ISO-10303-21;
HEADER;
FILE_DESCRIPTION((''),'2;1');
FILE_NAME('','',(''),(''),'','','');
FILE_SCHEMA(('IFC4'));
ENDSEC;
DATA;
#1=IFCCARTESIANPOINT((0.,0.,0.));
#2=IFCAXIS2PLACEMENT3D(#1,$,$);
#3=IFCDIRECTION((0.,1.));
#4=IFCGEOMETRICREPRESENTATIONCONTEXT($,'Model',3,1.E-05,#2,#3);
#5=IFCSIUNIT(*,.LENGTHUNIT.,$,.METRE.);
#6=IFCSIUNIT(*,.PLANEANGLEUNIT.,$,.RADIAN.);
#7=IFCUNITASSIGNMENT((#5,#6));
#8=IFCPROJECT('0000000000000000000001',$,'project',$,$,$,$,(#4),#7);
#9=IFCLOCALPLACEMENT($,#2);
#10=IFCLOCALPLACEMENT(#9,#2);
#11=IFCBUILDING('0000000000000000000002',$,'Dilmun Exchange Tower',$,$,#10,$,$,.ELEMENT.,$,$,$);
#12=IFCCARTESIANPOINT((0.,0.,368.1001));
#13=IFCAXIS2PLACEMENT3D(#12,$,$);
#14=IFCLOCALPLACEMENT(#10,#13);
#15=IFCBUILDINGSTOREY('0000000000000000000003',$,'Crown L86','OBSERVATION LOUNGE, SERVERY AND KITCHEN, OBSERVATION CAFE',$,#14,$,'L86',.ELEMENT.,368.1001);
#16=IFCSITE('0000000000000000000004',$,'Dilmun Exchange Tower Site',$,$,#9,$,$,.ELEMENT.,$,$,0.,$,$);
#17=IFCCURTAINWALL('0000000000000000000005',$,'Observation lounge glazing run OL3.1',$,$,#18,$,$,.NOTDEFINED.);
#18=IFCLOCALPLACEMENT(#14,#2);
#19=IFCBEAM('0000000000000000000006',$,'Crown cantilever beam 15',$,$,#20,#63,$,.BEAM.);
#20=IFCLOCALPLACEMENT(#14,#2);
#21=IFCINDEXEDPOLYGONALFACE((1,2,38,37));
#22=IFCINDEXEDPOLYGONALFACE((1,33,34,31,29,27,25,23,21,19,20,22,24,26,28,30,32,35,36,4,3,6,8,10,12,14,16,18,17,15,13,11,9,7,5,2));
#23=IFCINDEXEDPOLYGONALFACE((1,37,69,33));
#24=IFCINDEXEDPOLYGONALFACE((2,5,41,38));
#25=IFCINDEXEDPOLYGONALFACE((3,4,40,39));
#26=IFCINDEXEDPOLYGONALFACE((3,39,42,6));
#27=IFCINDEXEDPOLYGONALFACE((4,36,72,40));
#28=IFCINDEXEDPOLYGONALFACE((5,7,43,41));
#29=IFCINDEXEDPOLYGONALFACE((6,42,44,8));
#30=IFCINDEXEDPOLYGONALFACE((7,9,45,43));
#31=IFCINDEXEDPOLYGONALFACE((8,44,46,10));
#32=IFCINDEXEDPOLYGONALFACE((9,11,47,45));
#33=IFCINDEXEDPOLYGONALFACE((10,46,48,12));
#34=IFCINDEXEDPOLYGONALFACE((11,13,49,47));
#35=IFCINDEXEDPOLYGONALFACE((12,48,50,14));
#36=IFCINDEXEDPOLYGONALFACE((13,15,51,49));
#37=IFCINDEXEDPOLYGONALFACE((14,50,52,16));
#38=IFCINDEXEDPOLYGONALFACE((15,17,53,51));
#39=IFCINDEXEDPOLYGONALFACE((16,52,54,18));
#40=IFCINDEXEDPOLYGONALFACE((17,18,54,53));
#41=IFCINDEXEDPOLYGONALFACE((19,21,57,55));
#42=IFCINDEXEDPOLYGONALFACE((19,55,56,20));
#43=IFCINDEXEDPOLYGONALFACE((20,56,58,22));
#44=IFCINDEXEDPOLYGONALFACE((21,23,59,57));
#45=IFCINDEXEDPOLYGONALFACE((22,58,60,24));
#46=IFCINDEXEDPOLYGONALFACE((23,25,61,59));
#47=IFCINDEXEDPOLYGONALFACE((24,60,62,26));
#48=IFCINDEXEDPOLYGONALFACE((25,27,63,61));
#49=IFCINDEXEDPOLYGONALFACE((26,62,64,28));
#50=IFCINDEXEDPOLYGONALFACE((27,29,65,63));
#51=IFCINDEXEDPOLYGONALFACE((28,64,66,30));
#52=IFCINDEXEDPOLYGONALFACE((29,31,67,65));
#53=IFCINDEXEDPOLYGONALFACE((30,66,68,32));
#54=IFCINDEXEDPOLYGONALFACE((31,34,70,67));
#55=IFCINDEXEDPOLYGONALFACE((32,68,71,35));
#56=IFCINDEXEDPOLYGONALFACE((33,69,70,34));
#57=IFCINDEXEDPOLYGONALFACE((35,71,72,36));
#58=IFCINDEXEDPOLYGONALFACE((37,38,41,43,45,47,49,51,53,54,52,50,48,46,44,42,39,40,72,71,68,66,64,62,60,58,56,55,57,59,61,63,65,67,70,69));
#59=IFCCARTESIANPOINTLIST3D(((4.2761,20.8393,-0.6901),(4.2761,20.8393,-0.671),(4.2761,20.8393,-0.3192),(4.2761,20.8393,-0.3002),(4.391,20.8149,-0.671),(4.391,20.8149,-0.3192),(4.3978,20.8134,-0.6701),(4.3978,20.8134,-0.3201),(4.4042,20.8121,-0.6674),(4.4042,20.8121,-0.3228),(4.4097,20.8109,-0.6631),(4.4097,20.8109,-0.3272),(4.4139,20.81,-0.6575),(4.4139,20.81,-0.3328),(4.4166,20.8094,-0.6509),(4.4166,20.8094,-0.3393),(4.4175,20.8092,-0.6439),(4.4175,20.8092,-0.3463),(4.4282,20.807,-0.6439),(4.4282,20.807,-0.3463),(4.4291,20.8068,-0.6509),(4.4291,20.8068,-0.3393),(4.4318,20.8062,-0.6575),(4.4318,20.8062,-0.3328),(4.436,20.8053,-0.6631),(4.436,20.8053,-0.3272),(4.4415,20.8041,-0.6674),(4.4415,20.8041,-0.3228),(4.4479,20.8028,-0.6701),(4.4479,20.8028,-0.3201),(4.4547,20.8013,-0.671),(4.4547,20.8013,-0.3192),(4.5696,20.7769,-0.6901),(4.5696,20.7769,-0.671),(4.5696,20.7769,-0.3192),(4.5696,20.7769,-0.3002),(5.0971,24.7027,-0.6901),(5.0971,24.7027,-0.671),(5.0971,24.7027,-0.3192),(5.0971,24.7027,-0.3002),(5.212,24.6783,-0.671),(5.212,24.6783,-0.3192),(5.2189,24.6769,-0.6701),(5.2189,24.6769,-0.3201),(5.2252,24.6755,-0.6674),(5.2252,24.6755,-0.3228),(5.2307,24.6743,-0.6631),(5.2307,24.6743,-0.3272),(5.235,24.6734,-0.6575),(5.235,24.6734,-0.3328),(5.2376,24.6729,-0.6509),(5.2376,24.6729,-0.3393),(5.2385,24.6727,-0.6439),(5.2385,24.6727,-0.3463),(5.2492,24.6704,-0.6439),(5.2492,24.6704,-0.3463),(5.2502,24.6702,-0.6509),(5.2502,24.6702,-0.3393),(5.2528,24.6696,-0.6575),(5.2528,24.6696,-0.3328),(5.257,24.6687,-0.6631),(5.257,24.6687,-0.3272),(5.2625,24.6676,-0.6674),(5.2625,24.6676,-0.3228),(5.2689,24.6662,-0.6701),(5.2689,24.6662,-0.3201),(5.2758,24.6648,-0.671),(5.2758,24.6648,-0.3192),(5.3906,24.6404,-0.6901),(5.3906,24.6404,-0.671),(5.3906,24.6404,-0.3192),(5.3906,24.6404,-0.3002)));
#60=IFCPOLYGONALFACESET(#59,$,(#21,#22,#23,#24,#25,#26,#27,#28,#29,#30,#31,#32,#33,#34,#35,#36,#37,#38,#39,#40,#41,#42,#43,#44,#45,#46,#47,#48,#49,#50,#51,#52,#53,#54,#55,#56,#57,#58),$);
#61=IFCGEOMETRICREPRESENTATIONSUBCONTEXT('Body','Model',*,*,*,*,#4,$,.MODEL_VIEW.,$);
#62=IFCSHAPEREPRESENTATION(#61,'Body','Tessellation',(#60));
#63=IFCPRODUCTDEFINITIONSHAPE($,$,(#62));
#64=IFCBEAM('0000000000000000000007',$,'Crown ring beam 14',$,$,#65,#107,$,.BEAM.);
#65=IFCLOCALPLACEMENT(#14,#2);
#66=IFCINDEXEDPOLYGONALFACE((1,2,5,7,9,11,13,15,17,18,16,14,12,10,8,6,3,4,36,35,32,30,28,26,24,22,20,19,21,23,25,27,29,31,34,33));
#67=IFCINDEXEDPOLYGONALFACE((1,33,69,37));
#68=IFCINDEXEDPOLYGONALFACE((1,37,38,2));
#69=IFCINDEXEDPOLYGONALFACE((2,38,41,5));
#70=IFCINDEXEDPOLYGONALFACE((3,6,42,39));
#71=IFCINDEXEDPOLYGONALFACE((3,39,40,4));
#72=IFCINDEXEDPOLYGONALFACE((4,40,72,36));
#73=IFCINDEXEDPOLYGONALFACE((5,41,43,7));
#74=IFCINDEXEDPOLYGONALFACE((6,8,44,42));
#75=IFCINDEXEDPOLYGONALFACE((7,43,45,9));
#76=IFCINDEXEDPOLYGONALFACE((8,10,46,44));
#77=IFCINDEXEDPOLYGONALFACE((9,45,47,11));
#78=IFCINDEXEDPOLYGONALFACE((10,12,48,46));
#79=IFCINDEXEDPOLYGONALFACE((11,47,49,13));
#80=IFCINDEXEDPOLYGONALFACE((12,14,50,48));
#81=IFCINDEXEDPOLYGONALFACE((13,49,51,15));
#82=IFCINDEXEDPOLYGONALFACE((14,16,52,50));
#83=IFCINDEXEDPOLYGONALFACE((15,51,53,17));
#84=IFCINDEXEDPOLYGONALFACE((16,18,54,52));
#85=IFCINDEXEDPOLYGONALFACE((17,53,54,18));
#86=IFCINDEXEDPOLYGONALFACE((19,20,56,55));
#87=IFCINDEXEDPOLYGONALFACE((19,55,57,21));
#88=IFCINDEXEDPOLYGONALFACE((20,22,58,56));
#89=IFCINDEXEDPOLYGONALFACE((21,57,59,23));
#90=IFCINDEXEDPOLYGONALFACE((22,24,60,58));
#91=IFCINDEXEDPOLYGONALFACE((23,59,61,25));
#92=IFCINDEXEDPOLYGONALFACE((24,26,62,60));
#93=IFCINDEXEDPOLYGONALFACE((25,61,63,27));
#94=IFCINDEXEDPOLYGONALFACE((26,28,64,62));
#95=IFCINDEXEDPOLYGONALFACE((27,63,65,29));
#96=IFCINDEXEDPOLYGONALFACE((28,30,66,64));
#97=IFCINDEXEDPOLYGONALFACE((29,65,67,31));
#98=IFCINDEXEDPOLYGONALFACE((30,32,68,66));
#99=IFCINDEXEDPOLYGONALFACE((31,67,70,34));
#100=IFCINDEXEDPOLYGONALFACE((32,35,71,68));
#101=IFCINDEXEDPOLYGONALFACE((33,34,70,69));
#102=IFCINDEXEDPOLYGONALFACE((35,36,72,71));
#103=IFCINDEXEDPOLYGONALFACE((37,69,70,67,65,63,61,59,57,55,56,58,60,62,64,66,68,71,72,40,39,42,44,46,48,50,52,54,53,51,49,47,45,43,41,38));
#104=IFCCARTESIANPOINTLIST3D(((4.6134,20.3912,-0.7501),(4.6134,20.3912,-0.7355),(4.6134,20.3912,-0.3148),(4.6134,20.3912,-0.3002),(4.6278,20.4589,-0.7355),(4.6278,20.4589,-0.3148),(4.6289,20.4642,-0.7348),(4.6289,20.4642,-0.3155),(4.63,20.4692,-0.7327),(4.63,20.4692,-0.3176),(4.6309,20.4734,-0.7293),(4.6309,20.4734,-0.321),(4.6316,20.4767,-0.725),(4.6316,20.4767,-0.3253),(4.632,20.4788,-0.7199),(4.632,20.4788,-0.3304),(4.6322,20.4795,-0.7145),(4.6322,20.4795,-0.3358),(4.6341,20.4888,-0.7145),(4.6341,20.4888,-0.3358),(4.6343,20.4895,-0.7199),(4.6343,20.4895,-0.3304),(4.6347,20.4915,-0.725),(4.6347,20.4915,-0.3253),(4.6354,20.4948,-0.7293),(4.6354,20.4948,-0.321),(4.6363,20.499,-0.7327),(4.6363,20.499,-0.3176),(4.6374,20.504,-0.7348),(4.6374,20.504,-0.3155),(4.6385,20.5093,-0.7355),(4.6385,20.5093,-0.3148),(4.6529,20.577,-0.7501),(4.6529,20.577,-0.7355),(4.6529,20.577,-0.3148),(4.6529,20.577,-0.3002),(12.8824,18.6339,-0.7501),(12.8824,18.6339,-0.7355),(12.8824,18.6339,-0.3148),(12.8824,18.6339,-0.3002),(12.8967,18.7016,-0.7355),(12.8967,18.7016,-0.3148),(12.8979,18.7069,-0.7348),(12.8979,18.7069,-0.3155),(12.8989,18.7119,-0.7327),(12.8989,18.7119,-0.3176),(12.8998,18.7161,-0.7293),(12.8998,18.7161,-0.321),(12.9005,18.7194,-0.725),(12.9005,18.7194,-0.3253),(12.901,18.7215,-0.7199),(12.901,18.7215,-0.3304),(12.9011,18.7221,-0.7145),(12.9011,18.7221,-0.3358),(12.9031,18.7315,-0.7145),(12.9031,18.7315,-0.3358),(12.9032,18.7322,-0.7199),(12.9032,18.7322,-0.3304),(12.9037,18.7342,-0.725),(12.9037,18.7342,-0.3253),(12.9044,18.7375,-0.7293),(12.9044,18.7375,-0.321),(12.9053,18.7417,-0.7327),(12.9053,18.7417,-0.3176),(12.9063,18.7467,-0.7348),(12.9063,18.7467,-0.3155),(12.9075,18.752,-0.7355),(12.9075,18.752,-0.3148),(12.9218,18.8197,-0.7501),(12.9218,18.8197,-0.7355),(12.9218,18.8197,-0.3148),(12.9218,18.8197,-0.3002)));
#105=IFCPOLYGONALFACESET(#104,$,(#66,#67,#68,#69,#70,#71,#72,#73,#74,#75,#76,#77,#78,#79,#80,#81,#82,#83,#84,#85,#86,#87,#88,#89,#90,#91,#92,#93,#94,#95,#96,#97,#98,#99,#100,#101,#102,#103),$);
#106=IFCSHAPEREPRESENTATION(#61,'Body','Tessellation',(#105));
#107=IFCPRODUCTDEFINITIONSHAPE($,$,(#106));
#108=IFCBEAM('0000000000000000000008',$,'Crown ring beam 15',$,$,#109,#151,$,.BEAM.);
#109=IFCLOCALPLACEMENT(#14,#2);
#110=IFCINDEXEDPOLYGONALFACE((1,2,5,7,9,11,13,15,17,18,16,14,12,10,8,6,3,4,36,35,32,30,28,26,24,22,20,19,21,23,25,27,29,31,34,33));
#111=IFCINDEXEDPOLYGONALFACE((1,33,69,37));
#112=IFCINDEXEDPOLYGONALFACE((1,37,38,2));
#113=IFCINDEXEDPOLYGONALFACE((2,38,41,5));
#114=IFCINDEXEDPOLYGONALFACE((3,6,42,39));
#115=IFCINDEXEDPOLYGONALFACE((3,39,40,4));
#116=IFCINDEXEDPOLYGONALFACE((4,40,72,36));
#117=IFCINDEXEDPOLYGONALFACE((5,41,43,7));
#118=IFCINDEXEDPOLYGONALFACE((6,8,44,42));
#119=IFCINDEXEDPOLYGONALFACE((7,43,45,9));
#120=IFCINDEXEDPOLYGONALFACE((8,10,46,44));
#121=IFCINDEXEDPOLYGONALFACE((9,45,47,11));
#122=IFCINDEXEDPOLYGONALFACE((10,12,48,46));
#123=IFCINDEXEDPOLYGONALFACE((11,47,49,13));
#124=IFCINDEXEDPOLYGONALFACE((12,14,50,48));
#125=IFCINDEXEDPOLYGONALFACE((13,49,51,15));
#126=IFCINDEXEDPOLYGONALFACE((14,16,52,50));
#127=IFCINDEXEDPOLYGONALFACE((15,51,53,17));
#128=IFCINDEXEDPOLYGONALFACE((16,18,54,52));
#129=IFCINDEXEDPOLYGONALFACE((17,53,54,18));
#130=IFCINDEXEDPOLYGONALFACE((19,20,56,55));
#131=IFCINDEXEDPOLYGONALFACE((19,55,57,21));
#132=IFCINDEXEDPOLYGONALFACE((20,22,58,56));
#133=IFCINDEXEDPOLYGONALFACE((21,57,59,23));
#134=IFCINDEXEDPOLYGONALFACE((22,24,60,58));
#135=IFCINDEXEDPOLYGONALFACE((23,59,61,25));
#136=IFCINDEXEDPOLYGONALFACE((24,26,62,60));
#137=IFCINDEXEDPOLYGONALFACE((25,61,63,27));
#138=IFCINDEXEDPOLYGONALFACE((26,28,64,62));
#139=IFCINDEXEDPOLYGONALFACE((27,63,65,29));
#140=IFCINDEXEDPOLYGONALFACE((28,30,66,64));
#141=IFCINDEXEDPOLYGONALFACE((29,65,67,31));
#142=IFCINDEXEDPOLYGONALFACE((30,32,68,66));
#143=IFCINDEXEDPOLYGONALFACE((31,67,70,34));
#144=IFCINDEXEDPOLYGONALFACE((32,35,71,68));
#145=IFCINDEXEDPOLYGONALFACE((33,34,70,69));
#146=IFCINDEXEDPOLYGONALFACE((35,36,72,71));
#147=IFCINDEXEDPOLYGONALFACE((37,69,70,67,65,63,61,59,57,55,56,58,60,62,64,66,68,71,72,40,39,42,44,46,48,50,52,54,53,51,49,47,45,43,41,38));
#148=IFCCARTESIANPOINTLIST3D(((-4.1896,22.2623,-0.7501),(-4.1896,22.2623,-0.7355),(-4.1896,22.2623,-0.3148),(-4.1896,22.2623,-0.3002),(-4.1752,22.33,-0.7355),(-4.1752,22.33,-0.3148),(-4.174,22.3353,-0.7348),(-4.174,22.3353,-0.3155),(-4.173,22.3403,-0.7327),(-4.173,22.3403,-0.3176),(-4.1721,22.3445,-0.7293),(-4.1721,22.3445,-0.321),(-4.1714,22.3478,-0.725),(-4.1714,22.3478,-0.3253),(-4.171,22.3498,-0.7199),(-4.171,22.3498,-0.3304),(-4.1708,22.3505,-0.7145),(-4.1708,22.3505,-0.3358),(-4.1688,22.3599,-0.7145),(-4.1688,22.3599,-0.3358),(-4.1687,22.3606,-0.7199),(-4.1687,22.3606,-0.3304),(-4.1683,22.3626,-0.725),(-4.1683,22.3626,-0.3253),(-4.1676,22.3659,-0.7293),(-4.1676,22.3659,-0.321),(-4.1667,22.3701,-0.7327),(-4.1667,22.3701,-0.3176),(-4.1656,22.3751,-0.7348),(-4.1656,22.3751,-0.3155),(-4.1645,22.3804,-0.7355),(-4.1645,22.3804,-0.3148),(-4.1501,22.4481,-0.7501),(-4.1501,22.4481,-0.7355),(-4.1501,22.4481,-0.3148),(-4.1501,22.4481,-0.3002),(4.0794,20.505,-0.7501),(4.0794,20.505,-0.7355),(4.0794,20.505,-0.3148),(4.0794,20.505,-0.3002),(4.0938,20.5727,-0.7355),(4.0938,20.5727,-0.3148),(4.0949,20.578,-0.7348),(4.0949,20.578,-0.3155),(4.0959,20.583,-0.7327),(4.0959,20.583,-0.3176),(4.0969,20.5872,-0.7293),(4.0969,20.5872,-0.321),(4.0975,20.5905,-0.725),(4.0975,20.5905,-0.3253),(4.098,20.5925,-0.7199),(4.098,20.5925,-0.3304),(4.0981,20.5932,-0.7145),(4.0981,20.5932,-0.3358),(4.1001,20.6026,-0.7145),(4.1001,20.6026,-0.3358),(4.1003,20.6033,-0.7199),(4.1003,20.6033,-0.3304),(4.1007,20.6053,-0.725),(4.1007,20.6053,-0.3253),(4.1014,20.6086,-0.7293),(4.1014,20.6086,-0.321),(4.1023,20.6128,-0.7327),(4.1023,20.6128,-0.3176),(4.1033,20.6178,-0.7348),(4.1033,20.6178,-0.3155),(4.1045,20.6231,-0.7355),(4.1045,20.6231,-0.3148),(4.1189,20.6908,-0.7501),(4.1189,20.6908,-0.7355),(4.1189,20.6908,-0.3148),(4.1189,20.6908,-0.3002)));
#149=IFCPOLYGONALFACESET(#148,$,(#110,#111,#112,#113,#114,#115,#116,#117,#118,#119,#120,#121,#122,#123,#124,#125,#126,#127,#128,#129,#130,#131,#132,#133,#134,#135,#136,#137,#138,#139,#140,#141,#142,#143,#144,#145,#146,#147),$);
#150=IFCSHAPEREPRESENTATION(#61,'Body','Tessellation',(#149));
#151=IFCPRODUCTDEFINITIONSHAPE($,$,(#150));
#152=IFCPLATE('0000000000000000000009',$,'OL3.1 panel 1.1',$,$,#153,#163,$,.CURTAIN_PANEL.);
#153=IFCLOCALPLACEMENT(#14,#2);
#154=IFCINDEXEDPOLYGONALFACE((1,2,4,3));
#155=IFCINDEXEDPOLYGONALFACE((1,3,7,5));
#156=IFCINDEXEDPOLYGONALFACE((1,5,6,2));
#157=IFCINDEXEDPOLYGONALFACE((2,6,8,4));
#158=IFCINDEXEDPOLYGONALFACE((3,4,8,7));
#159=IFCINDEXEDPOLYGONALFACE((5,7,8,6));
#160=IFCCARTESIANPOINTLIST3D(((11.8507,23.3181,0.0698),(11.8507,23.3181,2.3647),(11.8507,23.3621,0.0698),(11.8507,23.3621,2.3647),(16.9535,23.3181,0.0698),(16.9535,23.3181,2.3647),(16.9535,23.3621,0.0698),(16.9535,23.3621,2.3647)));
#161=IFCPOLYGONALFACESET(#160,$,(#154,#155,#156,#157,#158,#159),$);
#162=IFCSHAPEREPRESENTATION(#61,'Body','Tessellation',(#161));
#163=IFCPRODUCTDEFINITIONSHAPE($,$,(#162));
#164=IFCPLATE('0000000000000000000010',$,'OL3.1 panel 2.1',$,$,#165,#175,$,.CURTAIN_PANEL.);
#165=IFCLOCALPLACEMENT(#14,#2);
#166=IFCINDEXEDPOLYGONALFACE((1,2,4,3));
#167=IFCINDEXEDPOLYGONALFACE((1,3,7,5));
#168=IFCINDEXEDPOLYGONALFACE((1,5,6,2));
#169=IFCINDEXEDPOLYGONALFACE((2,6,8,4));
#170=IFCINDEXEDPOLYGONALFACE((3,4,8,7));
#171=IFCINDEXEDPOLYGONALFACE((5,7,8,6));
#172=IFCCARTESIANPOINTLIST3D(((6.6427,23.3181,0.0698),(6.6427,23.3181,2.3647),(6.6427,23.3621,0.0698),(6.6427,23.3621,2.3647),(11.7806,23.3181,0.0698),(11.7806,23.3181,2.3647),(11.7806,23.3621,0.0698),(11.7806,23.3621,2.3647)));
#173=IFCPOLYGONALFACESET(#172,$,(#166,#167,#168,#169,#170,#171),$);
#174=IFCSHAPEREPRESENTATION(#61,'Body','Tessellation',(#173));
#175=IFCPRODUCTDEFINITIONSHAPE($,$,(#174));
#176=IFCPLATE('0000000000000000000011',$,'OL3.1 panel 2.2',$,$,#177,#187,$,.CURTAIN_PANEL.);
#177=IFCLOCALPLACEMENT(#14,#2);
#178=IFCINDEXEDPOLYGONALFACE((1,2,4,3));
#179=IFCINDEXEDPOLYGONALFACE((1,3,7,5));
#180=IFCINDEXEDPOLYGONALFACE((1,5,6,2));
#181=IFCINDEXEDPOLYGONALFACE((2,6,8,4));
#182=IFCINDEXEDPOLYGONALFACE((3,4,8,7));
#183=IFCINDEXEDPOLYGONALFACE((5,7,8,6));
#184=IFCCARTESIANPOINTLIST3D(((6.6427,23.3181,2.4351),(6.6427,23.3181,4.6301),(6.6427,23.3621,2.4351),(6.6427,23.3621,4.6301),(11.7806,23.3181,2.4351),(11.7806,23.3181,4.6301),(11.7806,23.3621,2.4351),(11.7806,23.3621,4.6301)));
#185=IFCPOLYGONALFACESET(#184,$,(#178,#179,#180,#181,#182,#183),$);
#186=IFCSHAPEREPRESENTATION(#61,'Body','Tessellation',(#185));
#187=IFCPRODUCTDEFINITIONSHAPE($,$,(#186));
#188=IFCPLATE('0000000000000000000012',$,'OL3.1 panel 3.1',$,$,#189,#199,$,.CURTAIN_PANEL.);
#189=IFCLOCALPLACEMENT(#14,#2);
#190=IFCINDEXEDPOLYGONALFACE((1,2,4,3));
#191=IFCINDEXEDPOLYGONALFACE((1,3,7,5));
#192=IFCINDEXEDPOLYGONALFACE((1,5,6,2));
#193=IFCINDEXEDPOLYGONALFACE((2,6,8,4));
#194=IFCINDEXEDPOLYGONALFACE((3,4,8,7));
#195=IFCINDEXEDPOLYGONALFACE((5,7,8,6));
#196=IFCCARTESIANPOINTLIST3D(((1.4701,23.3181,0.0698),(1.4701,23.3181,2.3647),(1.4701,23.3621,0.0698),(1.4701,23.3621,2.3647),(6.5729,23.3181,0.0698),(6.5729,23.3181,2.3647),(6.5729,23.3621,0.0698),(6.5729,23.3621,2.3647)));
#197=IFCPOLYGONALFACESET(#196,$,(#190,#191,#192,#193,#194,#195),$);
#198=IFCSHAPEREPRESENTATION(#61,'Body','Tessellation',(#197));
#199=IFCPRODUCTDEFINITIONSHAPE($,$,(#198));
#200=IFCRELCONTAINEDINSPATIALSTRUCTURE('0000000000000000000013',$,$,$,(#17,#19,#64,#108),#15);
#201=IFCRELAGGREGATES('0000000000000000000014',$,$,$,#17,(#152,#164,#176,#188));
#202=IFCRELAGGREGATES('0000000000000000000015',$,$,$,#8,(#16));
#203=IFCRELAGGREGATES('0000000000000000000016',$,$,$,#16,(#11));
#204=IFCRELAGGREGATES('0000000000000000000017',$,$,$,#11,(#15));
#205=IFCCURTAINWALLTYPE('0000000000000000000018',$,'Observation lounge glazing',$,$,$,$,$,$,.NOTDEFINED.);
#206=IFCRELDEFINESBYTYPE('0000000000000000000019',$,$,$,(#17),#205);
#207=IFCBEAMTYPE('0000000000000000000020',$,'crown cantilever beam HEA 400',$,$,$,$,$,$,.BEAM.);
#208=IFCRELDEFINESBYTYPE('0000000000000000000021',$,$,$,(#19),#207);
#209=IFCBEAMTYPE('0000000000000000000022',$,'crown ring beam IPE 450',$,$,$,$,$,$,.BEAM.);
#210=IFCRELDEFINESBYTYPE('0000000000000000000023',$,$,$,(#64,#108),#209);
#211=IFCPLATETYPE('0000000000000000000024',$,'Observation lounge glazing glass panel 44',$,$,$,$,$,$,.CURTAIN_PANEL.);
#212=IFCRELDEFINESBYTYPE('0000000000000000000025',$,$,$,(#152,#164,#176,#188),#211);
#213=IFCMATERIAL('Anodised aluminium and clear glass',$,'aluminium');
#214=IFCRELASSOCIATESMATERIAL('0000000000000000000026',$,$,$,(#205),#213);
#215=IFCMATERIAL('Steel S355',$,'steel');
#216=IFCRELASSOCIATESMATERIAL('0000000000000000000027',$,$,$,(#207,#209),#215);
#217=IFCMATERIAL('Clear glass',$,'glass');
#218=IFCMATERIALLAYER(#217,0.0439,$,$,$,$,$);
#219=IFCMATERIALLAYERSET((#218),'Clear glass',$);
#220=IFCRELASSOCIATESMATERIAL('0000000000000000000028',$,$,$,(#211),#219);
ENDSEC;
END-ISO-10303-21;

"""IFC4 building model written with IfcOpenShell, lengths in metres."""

from ifc_helpers import new_model, si_unit, direction, frame, origin, origin_2d, place, context, subcontext, project, spatial, rectangle, i_section, extrude, material, layer, layer_set, material_profile, profile_set, type_object, element, aggregate, save


model = new_model("IFC4")

# Units and contexts
model_context = context("Model", 3, precision=1e-05, world=origin(), true_north=direction((0.0, 1.0)))
body_context = subcontext(model_context, "Body", "Model", "MODEL_VIEW")
ifc_project = project(units=[si_unit("LENGTHUNIT", "METRE"), si_unit("PLANEANGLEUNIT", "RADIAN")], contexts=[model_context])

# Site, building, storey
site_placement = place(None, origin())
site = spatial("IfcSite", under=ifc_project, at=site_placement, Name="Dilmun Exchange Tower Site", CompositionType="ELEMENT", RefElevation=0.0)
building_placement = place(site_placement, origin())
building = spatial("IfcBuilding", under=site, at=building_placement, Name="Dilmun Exchange Tower", CompositionType="ELEMENT")
storey_placement = place(building_placement, frame((0.0, 0.0, 368.1001)))
storey = spatial("IfcBuildingStorey", under=building, at=storey_placement, Name="Crown L86", Description="OBSERVATION LOUNGE, SERVERY AND KITCHEN, OBSERVATION CAFE", LongName="L86", CompositionType="ELEMENT", Elevation=368.1001)

# Curtain wall
ifc_material_1 = material(Name="Anodised aluminium and clear glass", Category="aluminium")
curtain_wall_type = type_object("IfcCurtainWallType", Name="Observation lounge glazing", PredefinedType="NOTDEFINED", material=ifc_material_1)
curtain_wall_placement = place(storey_placement, origin())
curtain_wall = element("IfcCurtainWall", 1, at=curtain_wall_placement, inside=storey, type_object=curtain_wall_type, Name="Observation lounge glazing run OL3.1", PredefinedType="NOTDEFINED")

# Beams
ifc_material_2 = material(Name="Steel S355", Category="steel")
ifc_material_profile_1 = material_profile(ifc_material_2, i_section(OverallWidth=0.3, OverallDepth=0.3899, WebThickness=0.011, FlangeThickness=0.019, FilletRadius=0.0271, at=origin_2d()), Name="HEA 400")
ifc_profile_set_1 = profile_set([ifc_material_profile_1], Name="Steel S355")
beam_type_1 = type_object("IfcBeamType", Name="crown cantilever beam HEA 400", PredefinedType="BEAM", material=ifc_profile_set_1)
beam_1_placement = place(storey_placement, frame((4.4229, 20.8081, -0.4951), z_axis=(0.20787, 0.978156, 0.0), x_axis=(-0.978156, 0.20787, 0.0)))
element("IfcBeam", 2, at=beam_1_placement, inside=storey, type_object=beam_type_1, Name="Crown cantilever beam 15", PredefinedType="BEAM", context=body_context, shape_type="SweptSolid", body=[
    extrude(i_section(OverallWidth=0.3, OverallDepth=0.3899, WebThickness=0.011, FlangeThickness=0.019, FilletRadius=0.0271, at=origin_2d()), origin(), (0.0, 0.0, 1.0), 3.9497),
])
ifc_material_profile_2 = material_profile(ifc_material_2, i_section(OverallWidth=0.1899, OverallDepth=0.45, WebThickness=0.0095, FlangeThickness=0.0146, FilletRadius=0.021, at=origin_2d()), Name="IPE 450")
ifc_profile_set_2 = profile_set([ifc_material_profile_2], Name="Steel S355")
beam_type_2 = type_object("IfcBeamType", Name="crown ring beam IPE 450", PredefinedType="BEAM", material=ifc_profile_set_2)
for number, where, z_axis, x_axis, name in (
    (3, (12.9021, 18.7268, -0.5251), (-0.978155, 0.207876, 0.0), (-0.207876, -0.978155, 0.0), "Crown ring beam 14"),
    (4, (4.0991, 20.5979, -0.5251), (-0.978155, 0.207876, 0.0), (-0.207876, -0.978155, 0.0), "Crown ring beam 15"),
):
    element("IfcBeam", number, at=place(storey_placement, frame(where, z_axis=z_axis, x_axis=x_axis)), inside=storey, type_object=beam_type_2, Name=name, PredefinedType="BEAM", context=body_context, shape_type="SweptSolid", body=[
        extrude(i_section(OverallWidth=0.1899, OverallDepth=0.45, WebThickness=0.0095, FlangeThickness=0.0146, FilletRadius=0.021, at=origin_2d()), origin(), (0.0, 0.0, 1.0), 8.4536),
    ])

# Plates
ifc_material_3 = material(Name="Clear glass", Category="glass")
ifc_layer_1 = layer(ifc_material_3, 0.0439)
ifc_layer_set_1 = layer_set([ifc_layer_1], Name="Clear glass")
plate_type = type_object("IfcPlateType", Name="Observation lounge glazing glass panel 44", PredefinedType="CURTAIN_PANEL", material=ifc_layer_set_1)
plate_1_placement = place(storey_placement, frame((14.4021, 23.3401, 0.0698), z_axis=(0.0, 0.0, 1.0), x_axis=(-1.0, 0.0, 0.0)))
plate_1 = element("IfcPlate", 5, at=plate_1_placement, type_object=plate_type, Name="OL3.1 panel 1.1", PredefinedType="CURTAIN_PANEL", context=body_context, shape_type="SweptSolid", body=[
    extrude(rectangle(XDim=5.1028, YDim=0.0439, at=origin_2d()), origin(), (0.0, 0.0, 1.0), 2.2949),
])
plate_2_placement = place(storey_placement, frame((9.2117, 23.3401, 0.0698), z_axis=(0.0, 0.0, 1.0), x_axis=(-1.0, 0.0, 0.0)))
plate_2 = element("IfcPlate", 6, at=plate_2_placement, type_object=plate_type, Name="OL3.1 panel 2.1", PredefinedType="CURTAIN_PANEL", context=body_context, shape_type="SweptSolid", body=[
    extrude(rectangle(XDim=5.1379, YDim=0.0439, at=origin_2d()), origin(), (0.0, 0.0, 1.0), 2.2949),
])
plate_3_placement = place(storey_placement, frame((9.2117, 23.3401, 2.4351), z_axis=(0.0, 0.0, 1.0), x_axis=(-1.0, 0.0, 0.0)))
plate_3 = element("IfcPlate", 7, at=plate_3_placement, type_object=plate_type, Name="OL3.1 panel 2.2", PredefinedType="CURTAIN_PANEL", context=body_context, shape_type="SweptSolid", body=[
    extrude(rectangle(XDim=5.1379, YDim=0.0439, at=origin_2d()), origin(), (0.0, 0.0, 1.0), 2.1951),
])
plate_4_placement = place(storey_placement, frame((4.0215, 23.3401, 0.0698), z_axis=(0.0, 0.0, 1.0), x_axis=(-1.0, 0.0, 0.0)))
plate_4 = element("IfcPlate", 8, at=plate_4_placement, type_object=plate_type, Name="OL3.1 panel 3.1", PredefinedType="CURTAIN_PANEL", context=body_context, shape_type="SweptSolid", body=[
    extrude(rectangle(XDim=5.1028, YDim=0.0439, at=origin_2d()), origin(), (0.0, 0.0, 1.0), 2.2949),
])
aggregate(curtain_wall, [plate_1, plate_2, plate_3, plate_4])

save(model, "model.ifc")
